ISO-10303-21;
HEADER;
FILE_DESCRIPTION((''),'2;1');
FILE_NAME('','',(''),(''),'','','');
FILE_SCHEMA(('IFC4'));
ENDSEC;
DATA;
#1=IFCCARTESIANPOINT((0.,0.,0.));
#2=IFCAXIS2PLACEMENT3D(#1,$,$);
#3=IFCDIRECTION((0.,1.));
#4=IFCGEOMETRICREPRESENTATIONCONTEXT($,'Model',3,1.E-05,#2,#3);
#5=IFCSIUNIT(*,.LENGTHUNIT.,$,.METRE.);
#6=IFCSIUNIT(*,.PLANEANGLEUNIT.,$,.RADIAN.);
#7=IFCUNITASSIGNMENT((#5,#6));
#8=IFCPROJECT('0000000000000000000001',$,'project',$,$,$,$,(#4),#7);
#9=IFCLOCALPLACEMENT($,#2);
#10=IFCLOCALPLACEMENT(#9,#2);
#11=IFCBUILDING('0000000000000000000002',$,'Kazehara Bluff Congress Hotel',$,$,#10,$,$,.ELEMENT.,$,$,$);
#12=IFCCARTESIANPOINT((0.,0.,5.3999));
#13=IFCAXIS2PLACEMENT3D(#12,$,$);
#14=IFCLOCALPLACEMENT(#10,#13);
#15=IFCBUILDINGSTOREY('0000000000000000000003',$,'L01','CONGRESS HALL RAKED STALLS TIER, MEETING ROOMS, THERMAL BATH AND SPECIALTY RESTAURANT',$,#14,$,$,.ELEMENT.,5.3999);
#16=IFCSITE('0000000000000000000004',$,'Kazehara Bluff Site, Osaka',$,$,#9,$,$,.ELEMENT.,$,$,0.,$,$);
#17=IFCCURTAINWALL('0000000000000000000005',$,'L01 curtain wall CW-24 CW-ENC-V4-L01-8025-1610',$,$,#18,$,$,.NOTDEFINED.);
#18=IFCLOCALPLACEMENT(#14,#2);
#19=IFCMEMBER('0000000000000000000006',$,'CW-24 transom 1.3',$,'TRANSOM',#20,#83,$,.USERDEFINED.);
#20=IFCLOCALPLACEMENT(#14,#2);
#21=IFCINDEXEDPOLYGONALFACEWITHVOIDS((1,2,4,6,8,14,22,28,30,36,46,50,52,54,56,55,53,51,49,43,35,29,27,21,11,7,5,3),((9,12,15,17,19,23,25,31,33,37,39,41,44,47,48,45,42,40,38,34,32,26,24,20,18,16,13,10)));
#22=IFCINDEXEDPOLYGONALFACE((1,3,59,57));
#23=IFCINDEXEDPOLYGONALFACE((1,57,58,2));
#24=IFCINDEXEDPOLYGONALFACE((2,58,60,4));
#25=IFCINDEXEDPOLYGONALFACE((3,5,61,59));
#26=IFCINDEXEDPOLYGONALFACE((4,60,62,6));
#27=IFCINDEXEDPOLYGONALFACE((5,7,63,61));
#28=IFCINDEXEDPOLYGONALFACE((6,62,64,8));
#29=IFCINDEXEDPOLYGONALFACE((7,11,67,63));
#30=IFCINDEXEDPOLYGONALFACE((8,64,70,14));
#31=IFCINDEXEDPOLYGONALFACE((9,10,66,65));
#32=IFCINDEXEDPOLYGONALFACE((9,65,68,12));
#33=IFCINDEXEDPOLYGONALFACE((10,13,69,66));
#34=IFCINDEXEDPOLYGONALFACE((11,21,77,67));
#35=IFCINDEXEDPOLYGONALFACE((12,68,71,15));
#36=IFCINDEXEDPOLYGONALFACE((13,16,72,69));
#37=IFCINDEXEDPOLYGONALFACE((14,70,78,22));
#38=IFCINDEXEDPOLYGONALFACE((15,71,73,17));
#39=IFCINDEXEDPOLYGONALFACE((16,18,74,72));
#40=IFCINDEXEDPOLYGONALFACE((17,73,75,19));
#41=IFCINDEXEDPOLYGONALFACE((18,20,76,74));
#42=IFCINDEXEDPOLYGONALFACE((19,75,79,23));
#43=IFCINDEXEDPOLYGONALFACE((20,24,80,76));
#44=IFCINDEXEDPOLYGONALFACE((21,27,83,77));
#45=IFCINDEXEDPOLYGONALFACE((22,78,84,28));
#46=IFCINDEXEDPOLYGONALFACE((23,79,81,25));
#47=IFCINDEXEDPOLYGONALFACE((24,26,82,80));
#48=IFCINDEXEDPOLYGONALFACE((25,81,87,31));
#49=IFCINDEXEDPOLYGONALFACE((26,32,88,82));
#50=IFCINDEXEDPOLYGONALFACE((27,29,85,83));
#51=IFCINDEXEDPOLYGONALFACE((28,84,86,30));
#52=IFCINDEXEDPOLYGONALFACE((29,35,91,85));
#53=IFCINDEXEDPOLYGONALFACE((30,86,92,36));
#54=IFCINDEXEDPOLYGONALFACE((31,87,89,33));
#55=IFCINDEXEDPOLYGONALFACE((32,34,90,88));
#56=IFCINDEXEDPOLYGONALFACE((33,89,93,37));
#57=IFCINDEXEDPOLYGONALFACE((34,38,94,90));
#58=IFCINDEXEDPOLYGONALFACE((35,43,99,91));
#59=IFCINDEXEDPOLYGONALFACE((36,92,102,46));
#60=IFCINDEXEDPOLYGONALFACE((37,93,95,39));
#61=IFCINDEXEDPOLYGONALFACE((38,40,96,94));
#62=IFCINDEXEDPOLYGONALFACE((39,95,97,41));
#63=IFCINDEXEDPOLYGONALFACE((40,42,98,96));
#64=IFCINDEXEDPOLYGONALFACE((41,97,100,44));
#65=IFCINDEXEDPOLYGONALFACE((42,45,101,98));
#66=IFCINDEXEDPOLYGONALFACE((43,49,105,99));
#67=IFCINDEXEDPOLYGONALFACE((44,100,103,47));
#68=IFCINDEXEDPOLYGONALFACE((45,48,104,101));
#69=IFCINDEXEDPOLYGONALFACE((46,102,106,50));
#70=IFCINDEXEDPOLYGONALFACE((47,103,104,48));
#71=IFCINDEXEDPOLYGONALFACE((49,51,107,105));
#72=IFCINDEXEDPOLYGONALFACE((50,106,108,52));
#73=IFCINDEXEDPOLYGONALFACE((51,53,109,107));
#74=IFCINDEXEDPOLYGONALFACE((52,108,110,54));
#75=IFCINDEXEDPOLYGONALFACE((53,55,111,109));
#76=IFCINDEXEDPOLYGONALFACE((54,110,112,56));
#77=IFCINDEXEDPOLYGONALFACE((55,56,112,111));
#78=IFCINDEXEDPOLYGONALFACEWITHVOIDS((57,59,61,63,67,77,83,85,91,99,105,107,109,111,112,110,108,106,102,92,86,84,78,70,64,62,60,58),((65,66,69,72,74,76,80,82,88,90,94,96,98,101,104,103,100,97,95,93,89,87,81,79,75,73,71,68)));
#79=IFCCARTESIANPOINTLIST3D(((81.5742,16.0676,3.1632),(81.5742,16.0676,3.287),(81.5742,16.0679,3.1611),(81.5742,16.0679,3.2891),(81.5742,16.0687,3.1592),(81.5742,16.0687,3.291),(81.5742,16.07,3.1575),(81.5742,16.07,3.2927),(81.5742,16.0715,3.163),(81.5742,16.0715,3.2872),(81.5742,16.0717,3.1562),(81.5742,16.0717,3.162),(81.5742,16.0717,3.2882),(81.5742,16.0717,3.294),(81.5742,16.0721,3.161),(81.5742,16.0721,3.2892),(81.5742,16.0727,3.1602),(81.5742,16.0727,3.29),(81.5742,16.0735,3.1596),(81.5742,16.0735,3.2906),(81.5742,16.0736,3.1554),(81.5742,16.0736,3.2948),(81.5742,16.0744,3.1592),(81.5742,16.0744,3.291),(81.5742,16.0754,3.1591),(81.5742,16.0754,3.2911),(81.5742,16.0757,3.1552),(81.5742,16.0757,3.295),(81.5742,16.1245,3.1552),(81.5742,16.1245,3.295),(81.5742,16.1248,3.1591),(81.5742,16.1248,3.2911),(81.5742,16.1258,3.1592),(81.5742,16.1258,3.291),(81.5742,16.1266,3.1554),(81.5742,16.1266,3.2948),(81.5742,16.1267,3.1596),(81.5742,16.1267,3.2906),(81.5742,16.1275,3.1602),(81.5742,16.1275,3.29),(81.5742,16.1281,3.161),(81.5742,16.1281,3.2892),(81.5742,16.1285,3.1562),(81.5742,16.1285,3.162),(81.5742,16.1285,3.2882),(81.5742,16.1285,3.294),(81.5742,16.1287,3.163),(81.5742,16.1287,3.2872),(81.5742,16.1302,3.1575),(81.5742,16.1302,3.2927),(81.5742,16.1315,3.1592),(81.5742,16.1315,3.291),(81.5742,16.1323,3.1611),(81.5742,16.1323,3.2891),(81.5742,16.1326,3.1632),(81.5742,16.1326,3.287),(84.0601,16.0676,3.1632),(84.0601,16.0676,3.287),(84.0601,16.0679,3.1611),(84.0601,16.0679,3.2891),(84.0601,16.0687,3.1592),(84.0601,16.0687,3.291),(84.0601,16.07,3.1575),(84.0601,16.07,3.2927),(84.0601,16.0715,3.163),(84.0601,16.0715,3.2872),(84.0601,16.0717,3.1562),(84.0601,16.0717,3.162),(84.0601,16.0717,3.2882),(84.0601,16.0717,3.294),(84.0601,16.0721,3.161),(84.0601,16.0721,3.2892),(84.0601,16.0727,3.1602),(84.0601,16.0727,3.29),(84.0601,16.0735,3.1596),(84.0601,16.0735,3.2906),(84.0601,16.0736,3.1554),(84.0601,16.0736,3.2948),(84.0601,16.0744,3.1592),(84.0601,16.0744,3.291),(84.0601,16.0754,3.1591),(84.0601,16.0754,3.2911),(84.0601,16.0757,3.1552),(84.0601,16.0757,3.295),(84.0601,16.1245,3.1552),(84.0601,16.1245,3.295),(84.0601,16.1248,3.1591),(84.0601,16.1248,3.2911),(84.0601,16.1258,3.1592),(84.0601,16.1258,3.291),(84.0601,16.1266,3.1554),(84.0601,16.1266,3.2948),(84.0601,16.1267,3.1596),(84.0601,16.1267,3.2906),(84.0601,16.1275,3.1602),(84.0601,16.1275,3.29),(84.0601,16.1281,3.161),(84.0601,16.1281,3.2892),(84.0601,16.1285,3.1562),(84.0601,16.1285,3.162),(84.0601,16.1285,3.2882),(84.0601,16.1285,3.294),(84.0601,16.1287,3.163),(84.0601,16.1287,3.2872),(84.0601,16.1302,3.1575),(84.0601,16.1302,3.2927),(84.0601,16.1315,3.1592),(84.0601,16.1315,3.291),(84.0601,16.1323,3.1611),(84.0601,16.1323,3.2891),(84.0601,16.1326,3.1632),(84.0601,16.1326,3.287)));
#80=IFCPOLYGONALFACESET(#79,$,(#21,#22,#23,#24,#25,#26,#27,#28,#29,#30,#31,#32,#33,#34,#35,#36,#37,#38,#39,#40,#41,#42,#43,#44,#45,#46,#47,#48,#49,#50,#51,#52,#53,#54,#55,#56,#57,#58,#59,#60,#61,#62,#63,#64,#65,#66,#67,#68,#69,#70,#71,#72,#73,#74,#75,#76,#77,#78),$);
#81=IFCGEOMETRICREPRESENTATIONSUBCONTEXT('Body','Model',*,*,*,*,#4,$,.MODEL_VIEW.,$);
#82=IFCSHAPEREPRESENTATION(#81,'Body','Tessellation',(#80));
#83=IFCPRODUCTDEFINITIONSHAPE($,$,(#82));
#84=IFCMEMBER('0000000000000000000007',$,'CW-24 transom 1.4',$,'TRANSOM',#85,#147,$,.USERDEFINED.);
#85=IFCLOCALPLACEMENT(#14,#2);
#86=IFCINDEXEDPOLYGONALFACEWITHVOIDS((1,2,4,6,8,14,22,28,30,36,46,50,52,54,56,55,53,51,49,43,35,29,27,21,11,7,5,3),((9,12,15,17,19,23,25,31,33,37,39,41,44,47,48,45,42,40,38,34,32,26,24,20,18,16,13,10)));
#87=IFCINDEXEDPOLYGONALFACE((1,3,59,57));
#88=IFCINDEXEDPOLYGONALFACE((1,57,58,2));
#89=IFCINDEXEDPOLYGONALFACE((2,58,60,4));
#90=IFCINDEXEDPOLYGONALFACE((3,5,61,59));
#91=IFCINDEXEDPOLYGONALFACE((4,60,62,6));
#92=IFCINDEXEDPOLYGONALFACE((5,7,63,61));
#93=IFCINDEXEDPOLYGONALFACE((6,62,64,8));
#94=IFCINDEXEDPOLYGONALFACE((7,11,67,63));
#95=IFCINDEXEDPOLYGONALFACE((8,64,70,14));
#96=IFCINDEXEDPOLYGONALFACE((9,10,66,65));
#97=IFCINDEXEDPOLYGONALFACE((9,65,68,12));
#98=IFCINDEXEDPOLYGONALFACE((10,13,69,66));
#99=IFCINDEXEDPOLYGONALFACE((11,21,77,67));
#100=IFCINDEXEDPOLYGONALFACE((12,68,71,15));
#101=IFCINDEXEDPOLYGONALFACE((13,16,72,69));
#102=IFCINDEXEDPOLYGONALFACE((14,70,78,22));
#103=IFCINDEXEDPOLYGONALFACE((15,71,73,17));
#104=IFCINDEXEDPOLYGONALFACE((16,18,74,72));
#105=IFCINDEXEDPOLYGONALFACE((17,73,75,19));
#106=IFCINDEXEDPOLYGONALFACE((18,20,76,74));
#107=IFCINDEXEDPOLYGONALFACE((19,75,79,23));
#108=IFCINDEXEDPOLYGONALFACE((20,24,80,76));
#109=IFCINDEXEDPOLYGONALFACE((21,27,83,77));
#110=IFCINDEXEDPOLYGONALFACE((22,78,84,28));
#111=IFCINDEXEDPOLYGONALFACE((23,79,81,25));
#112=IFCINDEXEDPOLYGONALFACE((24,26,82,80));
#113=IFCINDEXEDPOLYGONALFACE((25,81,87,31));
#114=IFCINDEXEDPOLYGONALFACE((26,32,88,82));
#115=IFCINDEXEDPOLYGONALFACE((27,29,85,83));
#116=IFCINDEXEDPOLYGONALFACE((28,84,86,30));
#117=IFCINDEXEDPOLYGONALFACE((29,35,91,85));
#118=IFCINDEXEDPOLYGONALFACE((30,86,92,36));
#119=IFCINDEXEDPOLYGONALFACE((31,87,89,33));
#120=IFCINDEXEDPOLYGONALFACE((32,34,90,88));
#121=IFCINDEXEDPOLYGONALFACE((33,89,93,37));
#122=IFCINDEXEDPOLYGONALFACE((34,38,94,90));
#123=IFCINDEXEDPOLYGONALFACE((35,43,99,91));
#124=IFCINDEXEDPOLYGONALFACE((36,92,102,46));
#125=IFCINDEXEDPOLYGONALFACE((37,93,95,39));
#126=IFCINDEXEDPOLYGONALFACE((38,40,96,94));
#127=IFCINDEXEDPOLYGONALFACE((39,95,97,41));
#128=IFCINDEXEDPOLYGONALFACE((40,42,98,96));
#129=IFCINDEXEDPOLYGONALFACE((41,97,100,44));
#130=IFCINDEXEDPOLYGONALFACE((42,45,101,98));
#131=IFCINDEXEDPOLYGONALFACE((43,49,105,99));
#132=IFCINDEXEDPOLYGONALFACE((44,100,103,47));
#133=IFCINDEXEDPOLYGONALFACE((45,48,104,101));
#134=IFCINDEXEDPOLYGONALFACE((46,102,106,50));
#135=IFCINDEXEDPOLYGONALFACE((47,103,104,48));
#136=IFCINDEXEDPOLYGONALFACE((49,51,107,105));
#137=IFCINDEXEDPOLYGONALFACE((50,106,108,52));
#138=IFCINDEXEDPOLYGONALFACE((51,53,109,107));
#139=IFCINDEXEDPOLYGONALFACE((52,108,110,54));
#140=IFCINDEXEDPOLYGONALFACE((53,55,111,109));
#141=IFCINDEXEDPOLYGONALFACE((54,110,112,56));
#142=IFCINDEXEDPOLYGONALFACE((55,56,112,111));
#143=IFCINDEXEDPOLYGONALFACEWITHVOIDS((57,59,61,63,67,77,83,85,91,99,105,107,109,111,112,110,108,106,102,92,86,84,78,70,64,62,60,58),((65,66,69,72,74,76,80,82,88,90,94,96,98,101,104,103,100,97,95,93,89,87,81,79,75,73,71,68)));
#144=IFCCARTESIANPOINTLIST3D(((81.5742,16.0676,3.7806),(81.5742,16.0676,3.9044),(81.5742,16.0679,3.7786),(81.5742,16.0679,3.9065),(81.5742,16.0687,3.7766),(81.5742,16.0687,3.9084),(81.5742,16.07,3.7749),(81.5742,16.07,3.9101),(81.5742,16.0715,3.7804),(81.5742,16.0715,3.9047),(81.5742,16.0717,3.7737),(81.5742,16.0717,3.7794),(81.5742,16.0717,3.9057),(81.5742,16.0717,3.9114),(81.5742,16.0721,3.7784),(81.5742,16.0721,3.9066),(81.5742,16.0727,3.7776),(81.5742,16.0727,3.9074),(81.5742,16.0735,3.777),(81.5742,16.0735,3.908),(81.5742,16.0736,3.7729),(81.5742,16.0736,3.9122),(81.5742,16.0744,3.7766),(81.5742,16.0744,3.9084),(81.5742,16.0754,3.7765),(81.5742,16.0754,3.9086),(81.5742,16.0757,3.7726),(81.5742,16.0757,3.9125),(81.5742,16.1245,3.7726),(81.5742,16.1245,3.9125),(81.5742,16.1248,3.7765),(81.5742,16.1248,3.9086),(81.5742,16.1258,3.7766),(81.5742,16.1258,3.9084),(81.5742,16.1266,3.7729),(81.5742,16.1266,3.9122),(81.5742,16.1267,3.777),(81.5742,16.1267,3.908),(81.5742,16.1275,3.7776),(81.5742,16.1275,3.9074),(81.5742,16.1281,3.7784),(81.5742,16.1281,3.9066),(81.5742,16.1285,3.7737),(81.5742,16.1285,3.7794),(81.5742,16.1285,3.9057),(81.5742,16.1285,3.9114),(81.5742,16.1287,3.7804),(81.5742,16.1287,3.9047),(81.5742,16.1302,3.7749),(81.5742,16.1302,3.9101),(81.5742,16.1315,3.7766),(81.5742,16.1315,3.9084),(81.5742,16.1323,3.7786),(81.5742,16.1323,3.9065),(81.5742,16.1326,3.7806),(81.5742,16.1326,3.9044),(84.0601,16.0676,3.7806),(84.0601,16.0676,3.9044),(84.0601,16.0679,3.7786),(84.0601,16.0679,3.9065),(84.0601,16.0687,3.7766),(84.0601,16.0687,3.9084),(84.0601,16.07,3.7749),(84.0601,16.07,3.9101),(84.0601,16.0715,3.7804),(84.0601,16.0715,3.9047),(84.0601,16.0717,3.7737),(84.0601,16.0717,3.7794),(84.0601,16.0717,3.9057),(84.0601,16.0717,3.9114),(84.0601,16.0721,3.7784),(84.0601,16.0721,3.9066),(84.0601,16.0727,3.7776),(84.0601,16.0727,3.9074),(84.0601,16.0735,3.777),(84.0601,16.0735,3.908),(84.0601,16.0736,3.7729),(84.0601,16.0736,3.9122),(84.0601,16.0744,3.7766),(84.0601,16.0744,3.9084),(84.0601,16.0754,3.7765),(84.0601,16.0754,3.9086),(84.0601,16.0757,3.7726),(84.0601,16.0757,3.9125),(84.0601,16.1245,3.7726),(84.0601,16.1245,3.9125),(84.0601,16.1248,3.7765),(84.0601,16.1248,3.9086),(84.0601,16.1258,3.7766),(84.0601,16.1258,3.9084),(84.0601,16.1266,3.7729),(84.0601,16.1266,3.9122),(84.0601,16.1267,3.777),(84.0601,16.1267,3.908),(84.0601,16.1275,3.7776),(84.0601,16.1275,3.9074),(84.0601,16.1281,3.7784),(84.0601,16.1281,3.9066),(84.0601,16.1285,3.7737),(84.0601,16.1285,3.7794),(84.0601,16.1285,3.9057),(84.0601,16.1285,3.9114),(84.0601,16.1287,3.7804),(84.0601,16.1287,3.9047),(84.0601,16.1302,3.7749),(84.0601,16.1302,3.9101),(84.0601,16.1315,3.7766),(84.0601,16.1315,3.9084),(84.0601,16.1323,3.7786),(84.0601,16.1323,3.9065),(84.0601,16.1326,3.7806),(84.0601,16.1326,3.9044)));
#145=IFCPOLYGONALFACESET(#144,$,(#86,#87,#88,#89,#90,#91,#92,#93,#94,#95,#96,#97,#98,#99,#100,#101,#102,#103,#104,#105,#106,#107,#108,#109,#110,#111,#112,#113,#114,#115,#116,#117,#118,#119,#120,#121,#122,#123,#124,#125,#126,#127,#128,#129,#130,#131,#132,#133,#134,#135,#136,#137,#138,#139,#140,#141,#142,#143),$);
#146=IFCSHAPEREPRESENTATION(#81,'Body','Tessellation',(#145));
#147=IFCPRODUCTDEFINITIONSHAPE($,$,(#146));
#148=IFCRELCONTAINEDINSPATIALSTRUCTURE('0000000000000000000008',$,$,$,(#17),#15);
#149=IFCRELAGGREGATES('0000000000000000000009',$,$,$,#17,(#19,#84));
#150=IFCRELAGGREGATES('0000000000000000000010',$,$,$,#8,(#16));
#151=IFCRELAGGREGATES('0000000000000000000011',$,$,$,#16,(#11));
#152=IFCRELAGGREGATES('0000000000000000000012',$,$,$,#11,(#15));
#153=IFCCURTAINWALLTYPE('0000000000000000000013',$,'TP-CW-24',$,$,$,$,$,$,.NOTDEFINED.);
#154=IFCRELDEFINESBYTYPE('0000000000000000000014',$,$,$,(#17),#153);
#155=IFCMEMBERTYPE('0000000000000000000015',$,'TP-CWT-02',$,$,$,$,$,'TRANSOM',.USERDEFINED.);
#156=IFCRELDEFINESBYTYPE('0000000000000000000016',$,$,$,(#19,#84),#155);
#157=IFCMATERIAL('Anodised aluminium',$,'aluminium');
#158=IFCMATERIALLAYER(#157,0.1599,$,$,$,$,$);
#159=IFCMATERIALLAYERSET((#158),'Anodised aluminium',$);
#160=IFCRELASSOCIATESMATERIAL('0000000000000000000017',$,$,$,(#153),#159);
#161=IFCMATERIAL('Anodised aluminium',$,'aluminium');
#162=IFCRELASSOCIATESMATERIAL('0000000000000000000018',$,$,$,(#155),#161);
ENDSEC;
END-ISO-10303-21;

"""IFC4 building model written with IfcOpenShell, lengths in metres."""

from ifc_helpers import new_model, si_unit, direction, frame, origin, origin_2d, place, context, subcontext, project, spatial, hollow_rectangle, extrude, material, layer, layer_set, material_profile, profile_set, type_object, element, aggregate, save


model = new_model("IFC4")

# Units and contexts
model_context = context("Model", 3, precision=1e-05, world=origin(), true_north=direction((0.0, 1.0)))
body_context = subcontext(model_context, "Body", "Model", "MODEL_VIEW")
ifc_project = project(units=[si_unit("LENGTHUNIT", "METRE"), si_unit("PLANEANGLEUNIT", "RADIAN")], contexts=[model_context])

# Site, building, storey
site_placement = place(None, origin())
site = spatial("IfcSite", under=ifc_project, at=site_placement, Name="Kazehara Bluff Site, Osaka", CompositionType="ELEMENT", RefElevation=0.0)
building_placement = place(site_placement, origin())
building = spatial("IfcBuilding", under=site, at=building_placement, Name="Kazehara Bluff Congress Hotel", CompositionType="ELEMENT")
storey_placement = place(building_placement, frame((0.0, 0.0, 5.3999)))
storey = spatial("IfcBuildingStorey", under=building, at=storey_placement, Name="L01", Description="CONGRESS HALL RAKED STALLS TIER, MEETING ROOMS, THERMAL BATH AND SPECIALTY RESTAURANT", CompositionType="ELEMENT", Elevation=5.3999)

# Curtain wall
ifc_material_1 = material(Name="Anodised aluminium", Category="aluminium")
ifc_layer_1 = layer(ifc_material_1, 0.1599)
ifc_layer_set_1 = layer_set([ifc_layer_1], Name="Anodised aluminium")
curtain_wall_type = type_object("IfcCurtainWallType", Name="TP-CW-24", PredefinedType="NOTDEFINED", material=ifc_layer_set_1)
curtain_wall_1_placement = place(storey_placement, origin())
curtain_wall_1 = element("IfcCurtainWall", 1, at=curtain_wall_1_placement, inside=storey, type_object=curtain_wall_type, Name="L01 curtain wall CW-24 CW-ENC-V4-L01-8025-1610", PredefinedType="NOTDEFINED")

# Members
ifc_material_2 = material(Name="Anodised aluminium", Category="aluminium")
ifc_material_profile_1 = material_profile(ifc_material_2, hollow_rectangle(XDim=0.0649, YDim=0.1399, WallThickness=0.0039, InnerFilletRadius=0.0039, OuterFilletRadius=0.0081, at=origin_2d()))
ifc_profile_set_1 = profile_set([ifc_material_profile_1], Name="Anodised aluminium")
member_type_1 = type_object("IfcMemberType", Name="TP-CWT-02", ElementType="TRANSOM", PredefinedType="USERDEFINED", material=ifc_profile_set_1)
member_1_placement = place(storey_placement, frame((84.0601, 16.1001, 3.2251), z_axis=(-1.0, 0.0, 0.0), x_axis=(0.0, -1.0, 0.0)))
member_1 = element("IfcMember", 2, at=member_1_placement, type_object=member_type_1, Name="CW-24 transom 1.3", ObjectType="TRANSOM", PredefinedType="USERDEFINED", context=body_context, shape_type="SweptSolid", body=[
    extrude(hollow_rectangle(XDim=0.0649, YDim=0.1399, WallThickness=0.0039, InnerFilletRadius=0.0039, OuterFilletRadius=0.0081, at=origin_2d()), origin(), (0.0, 0.0, 1.0), 2.4858),
])
member_2_placement = place(storey_placement, frame((84.0601, 16.1001, 3.8425), z_axis=(-1.0, 0.0, 0.0), x_axis=(0.0, -1.0, 0.0)))
member_2 = element("IfcMember", 3, at=member_2_placement, type_object=member_type_1, Name="CW-24 transom 1.4", ObjectType="TRANSOM", PredefinedType="USERDEFINED", context=body_context, shape_type="SweptSolid", body=[
    extrude(hollow_rectangle(XDim=0.0649, YDim=0.1399, WallThickness=0.0039, InnerFilletRadius=0.0039, OuterFilletRadius=0.0081, at=origin_2d()), origin(), (0.0, 0.0, 1.0), 2.4858),
])

aggregate(curtain_wall_1, [member_1, member_2])

save(model, "model.ifc")
